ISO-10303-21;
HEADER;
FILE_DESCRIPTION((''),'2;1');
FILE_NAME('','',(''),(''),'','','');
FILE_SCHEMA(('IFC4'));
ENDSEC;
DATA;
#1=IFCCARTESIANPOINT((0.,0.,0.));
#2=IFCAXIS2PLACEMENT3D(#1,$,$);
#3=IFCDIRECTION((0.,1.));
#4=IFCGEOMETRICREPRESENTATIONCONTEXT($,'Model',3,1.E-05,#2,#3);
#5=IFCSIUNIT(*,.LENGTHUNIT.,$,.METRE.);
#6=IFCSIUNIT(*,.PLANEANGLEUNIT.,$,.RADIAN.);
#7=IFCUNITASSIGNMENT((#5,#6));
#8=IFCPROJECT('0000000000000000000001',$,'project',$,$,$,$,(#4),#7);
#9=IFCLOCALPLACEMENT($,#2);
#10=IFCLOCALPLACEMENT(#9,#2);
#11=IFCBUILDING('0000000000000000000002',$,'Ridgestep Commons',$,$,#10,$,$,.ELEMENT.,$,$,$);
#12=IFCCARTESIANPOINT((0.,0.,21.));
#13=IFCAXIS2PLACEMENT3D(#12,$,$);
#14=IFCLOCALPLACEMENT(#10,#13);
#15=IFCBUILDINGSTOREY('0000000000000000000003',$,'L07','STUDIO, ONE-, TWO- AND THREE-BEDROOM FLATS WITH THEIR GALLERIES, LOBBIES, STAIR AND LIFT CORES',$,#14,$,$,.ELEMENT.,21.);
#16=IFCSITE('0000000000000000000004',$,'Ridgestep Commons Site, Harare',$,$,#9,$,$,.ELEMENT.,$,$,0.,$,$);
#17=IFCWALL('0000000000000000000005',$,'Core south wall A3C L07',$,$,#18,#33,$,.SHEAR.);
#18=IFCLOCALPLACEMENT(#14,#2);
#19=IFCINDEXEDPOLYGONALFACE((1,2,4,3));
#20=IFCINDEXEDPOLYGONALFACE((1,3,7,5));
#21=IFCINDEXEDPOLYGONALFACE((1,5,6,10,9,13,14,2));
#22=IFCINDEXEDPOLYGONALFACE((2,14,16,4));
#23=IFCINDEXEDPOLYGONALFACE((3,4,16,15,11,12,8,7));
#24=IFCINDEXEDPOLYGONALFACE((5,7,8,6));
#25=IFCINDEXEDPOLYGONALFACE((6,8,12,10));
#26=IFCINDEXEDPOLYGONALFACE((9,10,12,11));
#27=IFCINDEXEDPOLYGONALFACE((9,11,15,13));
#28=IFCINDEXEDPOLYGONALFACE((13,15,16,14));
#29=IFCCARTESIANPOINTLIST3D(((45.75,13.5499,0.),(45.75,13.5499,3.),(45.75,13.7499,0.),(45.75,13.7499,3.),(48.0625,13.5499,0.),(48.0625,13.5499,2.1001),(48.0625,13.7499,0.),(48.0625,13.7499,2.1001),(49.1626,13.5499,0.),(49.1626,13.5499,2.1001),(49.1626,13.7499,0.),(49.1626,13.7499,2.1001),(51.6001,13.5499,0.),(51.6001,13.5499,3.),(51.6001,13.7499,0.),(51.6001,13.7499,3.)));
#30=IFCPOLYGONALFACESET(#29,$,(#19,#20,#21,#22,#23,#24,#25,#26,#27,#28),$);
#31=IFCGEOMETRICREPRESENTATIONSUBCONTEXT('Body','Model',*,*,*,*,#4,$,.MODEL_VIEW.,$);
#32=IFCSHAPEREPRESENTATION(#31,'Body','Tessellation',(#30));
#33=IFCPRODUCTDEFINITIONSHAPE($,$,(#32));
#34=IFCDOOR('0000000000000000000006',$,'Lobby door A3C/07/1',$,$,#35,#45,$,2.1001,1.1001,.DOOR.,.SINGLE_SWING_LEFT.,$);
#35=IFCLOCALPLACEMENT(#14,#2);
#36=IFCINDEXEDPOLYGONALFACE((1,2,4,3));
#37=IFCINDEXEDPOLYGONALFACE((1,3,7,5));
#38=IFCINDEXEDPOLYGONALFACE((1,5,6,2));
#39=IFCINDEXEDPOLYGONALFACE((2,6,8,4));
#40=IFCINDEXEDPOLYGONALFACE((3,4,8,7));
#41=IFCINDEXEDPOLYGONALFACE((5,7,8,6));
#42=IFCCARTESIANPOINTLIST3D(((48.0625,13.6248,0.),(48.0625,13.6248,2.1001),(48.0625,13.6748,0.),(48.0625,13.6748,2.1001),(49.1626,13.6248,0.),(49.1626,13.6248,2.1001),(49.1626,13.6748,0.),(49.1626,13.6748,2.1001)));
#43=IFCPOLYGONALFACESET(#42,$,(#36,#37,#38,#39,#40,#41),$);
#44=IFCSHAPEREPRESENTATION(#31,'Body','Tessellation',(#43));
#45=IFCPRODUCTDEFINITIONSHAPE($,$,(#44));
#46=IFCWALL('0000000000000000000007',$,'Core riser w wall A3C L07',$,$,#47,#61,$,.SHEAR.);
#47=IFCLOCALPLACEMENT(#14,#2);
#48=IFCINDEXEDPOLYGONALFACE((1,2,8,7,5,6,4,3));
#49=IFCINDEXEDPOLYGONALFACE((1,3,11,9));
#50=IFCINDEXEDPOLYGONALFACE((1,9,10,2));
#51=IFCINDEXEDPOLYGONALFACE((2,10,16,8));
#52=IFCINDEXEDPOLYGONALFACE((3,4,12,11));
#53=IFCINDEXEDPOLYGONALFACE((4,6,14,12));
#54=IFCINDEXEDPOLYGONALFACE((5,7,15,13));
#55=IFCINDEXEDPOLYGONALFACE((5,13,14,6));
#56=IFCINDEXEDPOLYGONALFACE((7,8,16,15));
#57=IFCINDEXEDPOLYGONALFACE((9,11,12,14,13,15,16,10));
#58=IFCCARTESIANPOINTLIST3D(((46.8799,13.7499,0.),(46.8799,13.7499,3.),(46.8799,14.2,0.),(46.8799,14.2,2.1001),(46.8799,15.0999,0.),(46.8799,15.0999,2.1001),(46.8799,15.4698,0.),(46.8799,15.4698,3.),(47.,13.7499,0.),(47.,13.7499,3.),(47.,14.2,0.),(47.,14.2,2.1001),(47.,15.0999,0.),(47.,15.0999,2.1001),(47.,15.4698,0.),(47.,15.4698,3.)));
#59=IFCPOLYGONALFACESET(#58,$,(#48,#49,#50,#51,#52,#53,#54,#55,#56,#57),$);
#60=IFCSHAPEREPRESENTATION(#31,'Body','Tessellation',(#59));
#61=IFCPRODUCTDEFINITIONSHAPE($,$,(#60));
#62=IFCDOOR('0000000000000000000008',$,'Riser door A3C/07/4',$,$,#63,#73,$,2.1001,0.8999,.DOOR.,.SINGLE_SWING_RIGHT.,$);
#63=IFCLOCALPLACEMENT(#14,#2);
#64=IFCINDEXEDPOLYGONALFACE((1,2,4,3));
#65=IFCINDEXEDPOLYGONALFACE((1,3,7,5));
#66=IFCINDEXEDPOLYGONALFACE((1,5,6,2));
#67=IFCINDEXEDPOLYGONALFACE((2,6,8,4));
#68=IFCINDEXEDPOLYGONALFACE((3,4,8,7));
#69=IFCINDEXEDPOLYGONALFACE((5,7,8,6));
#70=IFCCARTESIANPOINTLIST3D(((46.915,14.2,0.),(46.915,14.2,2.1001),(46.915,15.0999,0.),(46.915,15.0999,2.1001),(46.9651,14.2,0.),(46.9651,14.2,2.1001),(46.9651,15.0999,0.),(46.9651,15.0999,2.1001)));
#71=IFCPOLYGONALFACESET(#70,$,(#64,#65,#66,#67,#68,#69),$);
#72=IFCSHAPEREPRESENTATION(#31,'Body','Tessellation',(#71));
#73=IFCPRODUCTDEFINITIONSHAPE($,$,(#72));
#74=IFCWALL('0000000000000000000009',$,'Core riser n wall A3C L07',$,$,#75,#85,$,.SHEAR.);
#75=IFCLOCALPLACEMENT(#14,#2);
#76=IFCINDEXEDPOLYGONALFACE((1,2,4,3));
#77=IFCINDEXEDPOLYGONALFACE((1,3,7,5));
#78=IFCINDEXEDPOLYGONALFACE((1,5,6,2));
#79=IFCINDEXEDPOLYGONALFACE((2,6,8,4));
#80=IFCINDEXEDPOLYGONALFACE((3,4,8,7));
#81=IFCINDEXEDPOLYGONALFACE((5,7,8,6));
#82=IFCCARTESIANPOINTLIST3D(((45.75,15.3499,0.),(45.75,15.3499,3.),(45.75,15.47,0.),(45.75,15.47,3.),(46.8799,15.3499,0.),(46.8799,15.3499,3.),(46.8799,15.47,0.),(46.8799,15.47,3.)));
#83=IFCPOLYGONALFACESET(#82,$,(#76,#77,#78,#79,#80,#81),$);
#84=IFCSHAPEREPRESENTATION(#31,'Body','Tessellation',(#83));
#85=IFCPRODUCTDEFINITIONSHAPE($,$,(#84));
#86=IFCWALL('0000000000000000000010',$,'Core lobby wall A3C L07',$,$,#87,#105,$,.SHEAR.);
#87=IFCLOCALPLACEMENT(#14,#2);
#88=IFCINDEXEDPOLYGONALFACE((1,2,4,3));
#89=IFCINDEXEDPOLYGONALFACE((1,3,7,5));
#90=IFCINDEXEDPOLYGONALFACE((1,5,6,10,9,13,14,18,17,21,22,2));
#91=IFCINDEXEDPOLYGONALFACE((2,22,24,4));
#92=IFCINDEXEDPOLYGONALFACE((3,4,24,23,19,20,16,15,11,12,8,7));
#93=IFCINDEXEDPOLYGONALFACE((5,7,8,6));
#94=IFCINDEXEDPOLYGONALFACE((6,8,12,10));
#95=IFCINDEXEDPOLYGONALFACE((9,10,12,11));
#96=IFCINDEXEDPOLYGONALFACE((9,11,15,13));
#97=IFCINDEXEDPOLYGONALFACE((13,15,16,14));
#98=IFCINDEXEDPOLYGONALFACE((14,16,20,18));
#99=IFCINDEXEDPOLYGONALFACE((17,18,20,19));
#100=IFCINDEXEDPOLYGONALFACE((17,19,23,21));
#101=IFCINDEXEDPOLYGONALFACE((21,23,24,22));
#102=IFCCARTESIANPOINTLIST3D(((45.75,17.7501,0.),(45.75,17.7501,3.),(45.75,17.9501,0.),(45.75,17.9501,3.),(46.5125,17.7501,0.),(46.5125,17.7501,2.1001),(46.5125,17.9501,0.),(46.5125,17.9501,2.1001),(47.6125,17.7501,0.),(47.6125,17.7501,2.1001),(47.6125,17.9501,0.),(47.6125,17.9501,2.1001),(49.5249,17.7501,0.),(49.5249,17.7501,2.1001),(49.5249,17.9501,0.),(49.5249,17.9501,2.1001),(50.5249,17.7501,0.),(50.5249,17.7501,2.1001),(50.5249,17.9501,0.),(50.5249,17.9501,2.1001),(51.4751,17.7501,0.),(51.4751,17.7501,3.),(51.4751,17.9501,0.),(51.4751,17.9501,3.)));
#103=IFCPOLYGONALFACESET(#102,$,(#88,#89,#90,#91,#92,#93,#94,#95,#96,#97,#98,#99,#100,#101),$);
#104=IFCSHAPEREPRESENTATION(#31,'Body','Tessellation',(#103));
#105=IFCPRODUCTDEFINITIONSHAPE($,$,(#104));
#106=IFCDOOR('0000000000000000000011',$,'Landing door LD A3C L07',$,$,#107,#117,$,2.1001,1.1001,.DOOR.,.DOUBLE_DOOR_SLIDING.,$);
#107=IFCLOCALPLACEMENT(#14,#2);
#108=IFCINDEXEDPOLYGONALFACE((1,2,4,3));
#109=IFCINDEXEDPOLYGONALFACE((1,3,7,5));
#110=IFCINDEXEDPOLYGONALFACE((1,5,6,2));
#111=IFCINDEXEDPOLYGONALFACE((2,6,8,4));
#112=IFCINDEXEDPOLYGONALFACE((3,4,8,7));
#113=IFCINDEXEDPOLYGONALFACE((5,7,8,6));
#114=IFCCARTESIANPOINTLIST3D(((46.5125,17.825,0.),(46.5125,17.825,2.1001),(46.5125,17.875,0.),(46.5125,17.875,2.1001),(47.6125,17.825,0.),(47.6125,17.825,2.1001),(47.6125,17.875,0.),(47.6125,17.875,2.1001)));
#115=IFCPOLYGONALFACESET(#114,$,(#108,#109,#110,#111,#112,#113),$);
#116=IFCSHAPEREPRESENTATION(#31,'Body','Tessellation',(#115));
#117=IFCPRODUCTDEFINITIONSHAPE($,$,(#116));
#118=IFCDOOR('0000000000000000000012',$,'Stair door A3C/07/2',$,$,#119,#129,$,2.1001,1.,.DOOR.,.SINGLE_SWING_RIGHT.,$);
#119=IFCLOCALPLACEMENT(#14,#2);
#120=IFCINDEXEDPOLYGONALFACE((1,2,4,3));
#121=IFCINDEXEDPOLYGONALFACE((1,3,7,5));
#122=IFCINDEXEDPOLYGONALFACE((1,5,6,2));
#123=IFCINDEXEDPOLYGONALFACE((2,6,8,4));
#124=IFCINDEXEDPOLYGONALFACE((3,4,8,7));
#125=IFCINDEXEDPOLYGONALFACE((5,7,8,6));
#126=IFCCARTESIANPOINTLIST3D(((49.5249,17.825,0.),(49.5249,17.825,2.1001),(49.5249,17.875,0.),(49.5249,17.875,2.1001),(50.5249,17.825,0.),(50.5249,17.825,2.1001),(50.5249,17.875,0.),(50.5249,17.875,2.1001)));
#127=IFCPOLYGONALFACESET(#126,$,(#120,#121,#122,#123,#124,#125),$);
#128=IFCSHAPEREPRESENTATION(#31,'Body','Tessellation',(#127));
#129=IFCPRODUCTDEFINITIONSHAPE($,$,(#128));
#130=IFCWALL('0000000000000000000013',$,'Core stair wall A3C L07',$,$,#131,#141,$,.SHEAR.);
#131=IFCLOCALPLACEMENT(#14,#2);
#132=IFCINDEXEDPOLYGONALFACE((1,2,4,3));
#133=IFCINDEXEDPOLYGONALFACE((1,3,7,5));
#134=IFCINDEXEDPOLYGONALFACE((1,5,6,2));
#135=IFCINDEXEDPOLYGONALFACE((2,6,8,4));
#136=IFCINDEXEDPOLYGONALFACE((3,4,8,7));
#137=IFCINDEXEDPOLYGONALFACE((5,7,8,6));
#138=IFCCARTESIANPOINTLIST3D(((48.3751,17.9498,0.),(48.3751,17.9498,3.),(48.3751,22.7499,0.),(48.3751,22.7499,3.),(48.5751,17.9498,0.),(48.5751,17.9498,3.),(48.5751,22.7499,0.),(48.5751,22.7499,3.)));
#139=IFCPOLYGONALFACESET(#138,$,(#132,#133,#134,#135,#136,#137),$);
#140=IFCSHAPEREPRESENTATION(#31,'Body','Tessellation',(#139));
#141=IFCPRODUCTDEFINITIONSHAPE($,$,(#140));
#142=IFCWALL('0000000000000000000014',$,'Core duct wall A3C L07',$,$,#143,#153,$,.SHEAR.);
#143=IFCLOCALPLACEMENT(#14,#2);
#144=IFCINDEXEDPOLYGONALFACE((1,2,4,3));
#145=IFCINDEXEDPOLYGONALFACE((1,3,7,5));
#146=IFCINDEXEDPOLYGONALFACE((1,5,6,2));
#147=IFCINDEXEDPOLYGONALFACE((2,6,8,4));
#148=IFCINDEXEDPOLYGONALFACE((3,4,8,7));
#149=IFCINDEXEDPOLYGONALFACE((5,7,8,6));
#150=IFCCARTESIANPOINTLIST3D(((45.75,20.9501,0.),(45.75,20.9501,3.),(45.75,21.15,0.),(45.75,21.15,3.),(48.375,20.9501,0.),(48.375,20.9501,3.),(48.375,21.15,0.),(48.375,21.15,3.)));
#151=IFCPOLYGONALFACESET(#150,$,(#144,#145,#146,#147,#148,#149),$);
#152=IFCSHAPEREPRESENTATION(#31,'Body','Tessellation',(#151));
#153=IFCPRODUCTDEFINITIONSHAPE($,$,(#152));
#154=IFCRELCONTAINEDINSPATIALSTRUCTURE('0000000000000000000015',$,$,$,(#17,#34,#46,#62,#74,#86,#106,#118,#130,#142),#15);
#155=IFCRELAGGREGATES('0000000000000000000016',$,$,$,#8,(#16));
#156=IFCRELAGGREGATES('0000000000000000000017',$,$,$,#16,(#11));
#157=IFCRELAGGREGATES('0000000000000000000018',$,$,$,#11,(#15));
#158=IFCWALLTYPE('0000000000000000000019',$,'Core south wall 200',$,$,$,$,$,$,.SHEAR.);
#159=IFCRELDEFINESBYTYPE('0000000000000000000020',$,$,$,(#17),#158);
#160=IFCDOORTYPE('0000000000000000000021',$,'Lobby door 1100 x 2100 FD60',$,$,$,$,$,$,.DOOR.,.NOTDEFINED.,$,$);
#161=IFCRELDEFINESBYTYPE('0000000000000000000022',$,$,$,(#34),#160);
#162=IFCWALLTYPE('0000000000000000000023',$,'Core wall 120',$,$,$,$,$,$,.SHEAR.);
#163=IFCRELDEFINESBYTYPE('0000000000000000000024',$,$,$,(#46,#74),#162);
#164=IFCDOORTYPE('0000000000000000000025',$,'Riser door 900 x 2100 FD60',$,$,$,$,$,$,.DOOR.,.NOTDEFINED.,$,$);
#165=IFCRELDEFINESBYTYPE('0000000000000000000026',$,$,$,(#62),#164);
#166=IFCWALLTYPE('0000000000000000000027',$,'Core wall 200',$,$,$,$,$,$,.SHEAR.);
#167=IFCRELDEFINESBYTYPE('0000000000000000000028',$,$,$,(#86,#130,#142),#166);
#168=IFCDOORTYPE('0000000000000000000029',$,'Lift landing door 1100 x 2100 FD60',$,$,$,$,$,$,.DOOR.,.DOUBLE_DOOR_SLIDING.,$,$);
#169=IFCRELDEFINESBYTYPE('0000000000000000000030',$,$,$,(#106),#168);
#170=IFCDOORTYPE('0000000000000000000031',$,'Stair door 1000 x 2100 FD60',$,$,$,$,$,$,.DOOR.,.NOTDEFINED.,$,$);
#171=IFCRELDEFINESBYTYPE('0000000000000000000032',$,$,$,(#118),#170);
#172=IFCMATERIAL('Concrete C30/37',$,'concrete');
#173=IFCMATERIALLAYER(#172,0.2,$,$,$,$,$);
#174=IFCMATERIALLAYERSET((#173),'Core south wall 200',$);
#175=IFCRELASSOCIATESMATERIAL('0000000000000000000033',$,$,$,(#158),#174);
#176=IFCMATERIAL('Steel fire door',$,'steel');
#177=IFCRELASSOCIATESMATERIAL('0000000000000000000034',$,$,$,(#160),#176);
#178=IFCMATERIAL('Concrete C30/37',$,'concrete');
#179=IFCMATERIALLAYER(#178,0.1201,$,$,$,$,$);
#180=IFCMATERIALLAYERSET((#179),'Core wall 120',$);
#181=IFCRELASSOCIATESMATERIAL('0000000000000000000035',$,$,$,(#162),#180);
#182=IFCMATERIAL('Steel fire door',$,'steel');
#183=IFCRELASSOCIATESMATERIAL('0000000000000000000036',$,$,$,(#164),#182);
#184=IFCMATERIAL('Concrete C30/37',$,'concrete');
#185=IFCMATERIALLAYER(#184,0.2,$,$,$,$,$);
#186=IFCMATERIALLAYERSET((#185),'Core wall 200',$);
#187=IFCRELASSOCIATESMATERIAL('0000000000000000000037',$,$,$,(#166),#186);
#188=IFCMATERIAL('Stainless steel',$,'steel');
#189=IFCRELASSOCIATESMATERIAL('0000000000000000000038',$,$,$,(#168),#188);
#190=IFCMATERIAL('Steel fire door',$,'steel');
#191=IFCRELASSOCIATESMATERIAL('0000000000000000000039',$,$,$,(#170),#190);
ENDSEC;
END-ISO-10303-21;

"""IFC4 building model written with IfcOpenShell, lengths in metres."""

from ifc_helpers import new_model, si_unit, direction, frame, frame_2d, origin, place, context, subcontext, project, spatial, rectangle, extrude, material, layer, layer_set, type_object, element, fill, save


model = new_model("IFC4")

# Units and contexts
model_context = context("Model", 3, precision=1e-05, world=origin(), true_north=direction((0.0, 1.0)))
body_context = subcontext(model_context, "Body", "Model", "MODEL_VIEW")
ifc_project = project(units=[si_unit("LENGTHUNIT", "METRE"), si_unit("PLANEANGLEUNIT", "RADIAN")], contexts=[model_context])

# Site, building, storey
site_placement = place(None, origin())
site = spatial("IfcSite", under=ifc_project, at=site_placement, Name="Ridgestep Commons Site, Harare", CompositionType="ELEMENT", RefElevation=0.0)
building_placement = place(site_placement, origin())
building = spatial("IfcBuilding", under=site, at=building_placement, Name="Ridgestep Commons", CompositionType="ELEMENT")
storey_placement = place(building_placement, frame((0.0, 0.0, 21.0)))
storey = spatial("IfcBuildingStorey", under=building, at=storey_placement, Name="L07", Description="STUDIO, ONE-, TWO- AND THREE-BEDROOM FLATS WITH THEIR GALLERIES, LOBBIES, STAIR AND LIFT CORES", CompositionType="ELEMENT", Elevation=21.0)

# Walls, openings, doors
ifc_material_1 = material(Name="Concrete C30/37", Category="concrete")
ifc_layer_1 = layer(ifc_material_1, 0.2)
ifc_layer_set_1 = layer_set([ifc_layer_1], Name="Core south wall 200")
wall_type_1 = type_object("IfcWallType", Name="Core south wall 200", PredefinedType="SHEAR", material=ifc_layer_set_1)
wall_1_placement = place(storey_placement, frame((45.75, 13.6499, 0.0), z_axis=(0.0, 0.0, 1.0), x_axis=(1.0, 0.0, 0.0)))
wall_1 = element("IfcWall", 1, at=wall_1_placement, inside=storey, type_object=wall_type_1, Name="Core south wall A3C L07", PredefinedType="SHEAR", context=body_context, shape_type="SweptSolid", body=[
    extrude(rectangle(XDim=5.8501, YDim=0.2, at=frame_2d((2.925, 0.0))), origin(), (0.0, 0.0, 1.0), 3.0),
])
opening_1_placement = place(wall_1_placement, frame((2.3125, 0.0, 0.0)))
opening_1 = element("IfcOpeningElement", 2, at=opening_1_placement, cuts=wall_1, PredefinedType="OPENING", context=body_context, shape_type="SweptSolid", body=[
    extrude(rectangle(XDim=1.1001, YDim=2.1001, at=frame_2d((0.55, 1.05))), frame((0.0, 0.1099, 0.0), z_axis=(0.0, -1.0, 0.0), x_axis=(1.0, 0.0, 0.0)), (0.0, 0.0, 1.0), 0.22),
])
ifc_material_2 = material(Name="Steel fire door", Category="steel")
door_type_1 = type_object("IfcDoorType", Name="Lobby door 1100 x 2100 FD60", OperationType="NOTDEFINED", PredefinedType="DOOR", material=ifc_material_2)
door_1_placement = place(opening_1_placement, origin())
door_1 = element("IfcDoor", 3, at=door_1_placement, inside=storey, type_object=door_type_1, Name="Lobby door A3C/07/1", OperationType="SINGLE_SWING_LEFT", OverallHeight=2.1001, OverallWidth=1.1001, PredefinedType="DOOR", context=body_context, shape_type="SweptSolid", body=[
    extrude(rectangle(XDim=1.1001, YDim=2.1001, at=frame_2d((0.55, 1.05))), frame((0.0, 0.0249, 0.0), z_axis=(0.0, -1.0, 0.0), x_axis=(1.0, 0.0, 0.0)), (0.0, 0.0, 1.0), 0.05),
])
fill(opening_1, door_1)
ifc_material_3 = material(Name="Concrete C30/37", Category="concrete")
ifc_layer_2 = layer(ifc_material_3, 0.1201)
ifc_layer_set_2 = layer_set([ifc_layer_2], Name="Core wall 120")
wall_type_2 = type_object("IfcWallType", Name="Core wall 120", PredefinedType="SHEAR", material=ifc_layer_set_2)
wall_2_placement = place(storey_placement, frame((46.9399, 13.75, 0.0), z_axis=(0.0, 0.0, 1.0), x_axis=(0.0, 1.0, 0.0)))
wall_2 = element("IfcWall", 4, at=wall_2_placement, inside=storey, type_object=wall_type_2, Name="Core riser w wall A3C L07", PredefinedType="SHEAR", context=body_context, shape_type="SweptSolid", body=[
    extrude(rectangle(XDim=1.72, YDim=0.1201, at=frame_2d((0.8599, 0.0))), origin(), (0.0, 0.0, 1.0), 3.0),
])
opening_2_placement = place(wall_2_placement, frame((0.45, 0.0, 0.0)))
opening_2 = element("IfcOpeningElement", 5, at=opening_2_placement, cuts=wall_2, PredefinedType="OPENING", context=body_context, shape_type="SweptSolid", body=[
    extrude(rectangle(XDim=0.8999, YDim=2.1001, at=frame_2d((0.45, 1.05))), frame((0.0, 0.0701, 0.0), z_axis=(0.0, -1.0, 0.0), x_axis=(1.0, 0.0, 0.0)), (0.0, 0.0, 1.0), 0.1401),
])
ifc_material_4 = material(Name="Steel fire door", Category="steel")
door_type_2 = type_object("IfcDoorType", Name="Riser door 900 x 2100 FD60", OperationType="NOTDEFINED", PredefinedType="DOOR", material=ifc_material_4)
door_2_placement = place(opening_2_placement, origin())
door_2 = element("IfcDoor", 6, at=door_2_placement, inside=storey, type_object=door_type_2, Name="Riser door A3C/07/4", OperationType="SINGLE_SWING_RIGHT", OverallHeight=2.1001, OverallWidth=0.8999, PredefinedType="DOOR", context=body_context, shape_type="SweptSolid", body=[
    extrude(rectangle(XDim=0.8999, YDim=2.1001, at=frame_2d((0.45, 1.05))), frame((0.0, 0.0249, 0.0), z_axis=(0.0, -1.0, 0.0), x_axis=(1.0, 0.0, 0.0)), (0.0, 0.0, 1.0), 0.05),
])
fill(opening_2, door_2)

# Wall
wall_3_placement = place(storey_placement, frame((45.75, 15.4099, 0.0), z_axis=(0.0, 0.0, 1.0), x_axis=(1.0, 0.0, 0.0)))
element("IfcWall", 7, at=wall_3_placement, inside=storey, type_object=wall_type_2, Name="Core riser n wall A3C L07", PredefinedType="SHEAR", context=body_context, shape_type="SweptSolid", body=[
    extrude(rectangle(XDim=1.1299, YDim=0.1201, at=frame_2d((0.5649, 0.0))), origin(), (0.0, 0.0, 1.0), 3.0),
])

# Wall, openings, doors
ifc_material_5 = material(Name="Concrete C30/37", Category="concrete")
ifc_layer_3 = layer(ifc_material_5, 0.2)
ifc_layer_set_3 = layer_set([ifc_layer_3], Name="Core wall 200")
wall_type_3 = type_object("IfcWallType", Name="Core wall 200", PredefinedType="SHEAR", material=ifc_layer_set_3)
wall_4_placement = place(storey_placement, frame((45.75, 17.8501, 0.0), z_axis=(0.0, 0.0, 1.0), x_axis=(1.0, 0.0, 0.0)))
wall_4 = element("IfcWall", 8, at=wall_4_placement, inside=storey, type_object=wall_type_3, Name="Core lobby wall A3C L07", PredefinedType="SHEAR", context=body_context, shape_type="SweptSolid", body=[
    extrude(rectangle(XDim=5.7251, YDim=0.2, at=frame_2d((2.8625, 0.0))), origin(), (0.0, 0.0, 1.0), 3.0),
])
opening_3_placement = place(wall_4_placement, frame((3.7749, 0.0, 0.0)))
opening_3 = element("IfcOpeningElement", 9, at=opening_3_placement, cuts=wall_4, PredefinedType="OPENING", context=body_context, shape_type="SweptSolid", body=[
    extrude(rectangle(XDim=1.0, YDim=2.1001, at=frame_2d((0.5, 1.05))), frame((0.0, 0.1099, 0.0), z_axis=(0.0, -1.0, 0.0), x_axis=(1.0, 0.0, 0.0)), (0.0, 0.0, 1.0), 0.22),
])
opening_4_placement = place(wall_4_placement, frame((0.7625, 0.0, 0.0)))
opening_4 = element("IfcOpeningElement", 10, at=opening_4_placement, cuts=wall_4, PredefinedType="OPENING", context=body_context, shape_type="SweptSolid", body=[
    extrude(rectangle(XDim=1.1001, YDim=2.1001, at=frame_2d((0.55, 1.05))), frame((0.0, 0.1099, 0.0), z_axis=(0.0, -1.0, 0.0), x_axis=(1.0, 0.0, 0.0)), (0.0, 0.0, 1.0), 0.22),
])
ifc_material_6 = material(Name="Stainless steel", Category="steel")
door_type_3 = type_object("IfcDoorType", Name="Lift landing door 1100 x 2100 FD60", OperationType="DOUBLE_DOOR_SLIDING", PredefinedType="DOOR", material=ifc_material_6)
door_3_placement = place(opening_4_placement, origin())
door_3 = element("IfcDoor", 11, at=door_3_placement, inside=storey, type_object=door_type_3, Name="Landing door LD A3C L07", OperationType="DOUBLE_DOOR_SLIDING", OverallHeight=2.1001, OverallWidth=1.1001, PredefinedType="DOOR", context=body_context, shape_type="SweptSolid", body=[
    extrude(rectangle(XDim=1.1001, YDim=2.1001, at=frame_2d((0.55, 1.05))), frame((0.0, 0.0249, 0.0), z_axis=(0.0, -1.0, 0.0), x_axis=(1.0, 0.0, 0.0)), (0.0, 0.0, 1.0), 0.05),
])
fill(opening_4, door_3)
ifc_material_7 = material(Name="Steel fire door", Category="steel")
door_type_4 = type_object("IfcDoorType", Name="Stair door 1000 x 2100 FD60", OperationType="NOTDEFINED", PredefinedType="DOOR", material=ifc_material_7)
door_4_placement = place(opening_3_placement, origin())
door_4 = element("IfcDoor", 12, at=door_4_placement, inside=storey, type_object=door_type_4, Name="Stair door A3C/07/2", OperationType="SINGLE_SWING_RIGHT", OverallHeight=2.1001, OverallWidth=1.0, PredefinedType="DOOR", context=body_context, shape_type="SweptSolid", body=[
    extrude(rectangle(XDim=1.0, YDim=2.1001, at=frame_2d((0.5, 1.05))), frame((0.0, 0.0249, 0.0), z_axis=(0.0, -1.0, 0.0), x_axis=(1.0, 0.0, 0.0)), (0.0, 0.0, 1.0), 0.05),
])
fill(opening_3, door_4)

# Walls
wall_5_placement = place(storey_placement, frame((48.4751, 17.95, 0.0), z_axis=(0.0, 0.0, 1.0), x_axis=(0.0, 1.0, 0.0)))
element("IfcWall", 13, at=wall_5_placement, inside=storey, type_object=wall_type_3, Name="Core stair wall A3C L07", PredefinedType="SHEAR", context=body_context, shape_type="SweptSolid", body=[
    extrude(rectangle(XDim=4.8, YDim=0.2, at=frame_2d((2.3999, 0.0))), origin(), (0.0, 0.0, 1.0), 3.0),
])
wall_6_placement = place(storey_placement, frame((45.75, 21.05, 0.0), z_axis=(0.0, 0.0, 1.0), x_axis=(1.0, 0.0, 0.0)))
element("IfcWall", 14, at=wall_6_placement, inside=storey, type_object=wall_type_3, Name="Core duct wall A3C L07", PredefinedType="SHEAR", context=body_context, shape_type="SweptSolid", body=[
    extrude(rectangle(XDim=2.625, YDim=0.2, at=frame_2d((1.3125, 0.0))), origin(), (0.0, 0.0, 1.0), 3.0),
])

save(model, "model.ifc")
